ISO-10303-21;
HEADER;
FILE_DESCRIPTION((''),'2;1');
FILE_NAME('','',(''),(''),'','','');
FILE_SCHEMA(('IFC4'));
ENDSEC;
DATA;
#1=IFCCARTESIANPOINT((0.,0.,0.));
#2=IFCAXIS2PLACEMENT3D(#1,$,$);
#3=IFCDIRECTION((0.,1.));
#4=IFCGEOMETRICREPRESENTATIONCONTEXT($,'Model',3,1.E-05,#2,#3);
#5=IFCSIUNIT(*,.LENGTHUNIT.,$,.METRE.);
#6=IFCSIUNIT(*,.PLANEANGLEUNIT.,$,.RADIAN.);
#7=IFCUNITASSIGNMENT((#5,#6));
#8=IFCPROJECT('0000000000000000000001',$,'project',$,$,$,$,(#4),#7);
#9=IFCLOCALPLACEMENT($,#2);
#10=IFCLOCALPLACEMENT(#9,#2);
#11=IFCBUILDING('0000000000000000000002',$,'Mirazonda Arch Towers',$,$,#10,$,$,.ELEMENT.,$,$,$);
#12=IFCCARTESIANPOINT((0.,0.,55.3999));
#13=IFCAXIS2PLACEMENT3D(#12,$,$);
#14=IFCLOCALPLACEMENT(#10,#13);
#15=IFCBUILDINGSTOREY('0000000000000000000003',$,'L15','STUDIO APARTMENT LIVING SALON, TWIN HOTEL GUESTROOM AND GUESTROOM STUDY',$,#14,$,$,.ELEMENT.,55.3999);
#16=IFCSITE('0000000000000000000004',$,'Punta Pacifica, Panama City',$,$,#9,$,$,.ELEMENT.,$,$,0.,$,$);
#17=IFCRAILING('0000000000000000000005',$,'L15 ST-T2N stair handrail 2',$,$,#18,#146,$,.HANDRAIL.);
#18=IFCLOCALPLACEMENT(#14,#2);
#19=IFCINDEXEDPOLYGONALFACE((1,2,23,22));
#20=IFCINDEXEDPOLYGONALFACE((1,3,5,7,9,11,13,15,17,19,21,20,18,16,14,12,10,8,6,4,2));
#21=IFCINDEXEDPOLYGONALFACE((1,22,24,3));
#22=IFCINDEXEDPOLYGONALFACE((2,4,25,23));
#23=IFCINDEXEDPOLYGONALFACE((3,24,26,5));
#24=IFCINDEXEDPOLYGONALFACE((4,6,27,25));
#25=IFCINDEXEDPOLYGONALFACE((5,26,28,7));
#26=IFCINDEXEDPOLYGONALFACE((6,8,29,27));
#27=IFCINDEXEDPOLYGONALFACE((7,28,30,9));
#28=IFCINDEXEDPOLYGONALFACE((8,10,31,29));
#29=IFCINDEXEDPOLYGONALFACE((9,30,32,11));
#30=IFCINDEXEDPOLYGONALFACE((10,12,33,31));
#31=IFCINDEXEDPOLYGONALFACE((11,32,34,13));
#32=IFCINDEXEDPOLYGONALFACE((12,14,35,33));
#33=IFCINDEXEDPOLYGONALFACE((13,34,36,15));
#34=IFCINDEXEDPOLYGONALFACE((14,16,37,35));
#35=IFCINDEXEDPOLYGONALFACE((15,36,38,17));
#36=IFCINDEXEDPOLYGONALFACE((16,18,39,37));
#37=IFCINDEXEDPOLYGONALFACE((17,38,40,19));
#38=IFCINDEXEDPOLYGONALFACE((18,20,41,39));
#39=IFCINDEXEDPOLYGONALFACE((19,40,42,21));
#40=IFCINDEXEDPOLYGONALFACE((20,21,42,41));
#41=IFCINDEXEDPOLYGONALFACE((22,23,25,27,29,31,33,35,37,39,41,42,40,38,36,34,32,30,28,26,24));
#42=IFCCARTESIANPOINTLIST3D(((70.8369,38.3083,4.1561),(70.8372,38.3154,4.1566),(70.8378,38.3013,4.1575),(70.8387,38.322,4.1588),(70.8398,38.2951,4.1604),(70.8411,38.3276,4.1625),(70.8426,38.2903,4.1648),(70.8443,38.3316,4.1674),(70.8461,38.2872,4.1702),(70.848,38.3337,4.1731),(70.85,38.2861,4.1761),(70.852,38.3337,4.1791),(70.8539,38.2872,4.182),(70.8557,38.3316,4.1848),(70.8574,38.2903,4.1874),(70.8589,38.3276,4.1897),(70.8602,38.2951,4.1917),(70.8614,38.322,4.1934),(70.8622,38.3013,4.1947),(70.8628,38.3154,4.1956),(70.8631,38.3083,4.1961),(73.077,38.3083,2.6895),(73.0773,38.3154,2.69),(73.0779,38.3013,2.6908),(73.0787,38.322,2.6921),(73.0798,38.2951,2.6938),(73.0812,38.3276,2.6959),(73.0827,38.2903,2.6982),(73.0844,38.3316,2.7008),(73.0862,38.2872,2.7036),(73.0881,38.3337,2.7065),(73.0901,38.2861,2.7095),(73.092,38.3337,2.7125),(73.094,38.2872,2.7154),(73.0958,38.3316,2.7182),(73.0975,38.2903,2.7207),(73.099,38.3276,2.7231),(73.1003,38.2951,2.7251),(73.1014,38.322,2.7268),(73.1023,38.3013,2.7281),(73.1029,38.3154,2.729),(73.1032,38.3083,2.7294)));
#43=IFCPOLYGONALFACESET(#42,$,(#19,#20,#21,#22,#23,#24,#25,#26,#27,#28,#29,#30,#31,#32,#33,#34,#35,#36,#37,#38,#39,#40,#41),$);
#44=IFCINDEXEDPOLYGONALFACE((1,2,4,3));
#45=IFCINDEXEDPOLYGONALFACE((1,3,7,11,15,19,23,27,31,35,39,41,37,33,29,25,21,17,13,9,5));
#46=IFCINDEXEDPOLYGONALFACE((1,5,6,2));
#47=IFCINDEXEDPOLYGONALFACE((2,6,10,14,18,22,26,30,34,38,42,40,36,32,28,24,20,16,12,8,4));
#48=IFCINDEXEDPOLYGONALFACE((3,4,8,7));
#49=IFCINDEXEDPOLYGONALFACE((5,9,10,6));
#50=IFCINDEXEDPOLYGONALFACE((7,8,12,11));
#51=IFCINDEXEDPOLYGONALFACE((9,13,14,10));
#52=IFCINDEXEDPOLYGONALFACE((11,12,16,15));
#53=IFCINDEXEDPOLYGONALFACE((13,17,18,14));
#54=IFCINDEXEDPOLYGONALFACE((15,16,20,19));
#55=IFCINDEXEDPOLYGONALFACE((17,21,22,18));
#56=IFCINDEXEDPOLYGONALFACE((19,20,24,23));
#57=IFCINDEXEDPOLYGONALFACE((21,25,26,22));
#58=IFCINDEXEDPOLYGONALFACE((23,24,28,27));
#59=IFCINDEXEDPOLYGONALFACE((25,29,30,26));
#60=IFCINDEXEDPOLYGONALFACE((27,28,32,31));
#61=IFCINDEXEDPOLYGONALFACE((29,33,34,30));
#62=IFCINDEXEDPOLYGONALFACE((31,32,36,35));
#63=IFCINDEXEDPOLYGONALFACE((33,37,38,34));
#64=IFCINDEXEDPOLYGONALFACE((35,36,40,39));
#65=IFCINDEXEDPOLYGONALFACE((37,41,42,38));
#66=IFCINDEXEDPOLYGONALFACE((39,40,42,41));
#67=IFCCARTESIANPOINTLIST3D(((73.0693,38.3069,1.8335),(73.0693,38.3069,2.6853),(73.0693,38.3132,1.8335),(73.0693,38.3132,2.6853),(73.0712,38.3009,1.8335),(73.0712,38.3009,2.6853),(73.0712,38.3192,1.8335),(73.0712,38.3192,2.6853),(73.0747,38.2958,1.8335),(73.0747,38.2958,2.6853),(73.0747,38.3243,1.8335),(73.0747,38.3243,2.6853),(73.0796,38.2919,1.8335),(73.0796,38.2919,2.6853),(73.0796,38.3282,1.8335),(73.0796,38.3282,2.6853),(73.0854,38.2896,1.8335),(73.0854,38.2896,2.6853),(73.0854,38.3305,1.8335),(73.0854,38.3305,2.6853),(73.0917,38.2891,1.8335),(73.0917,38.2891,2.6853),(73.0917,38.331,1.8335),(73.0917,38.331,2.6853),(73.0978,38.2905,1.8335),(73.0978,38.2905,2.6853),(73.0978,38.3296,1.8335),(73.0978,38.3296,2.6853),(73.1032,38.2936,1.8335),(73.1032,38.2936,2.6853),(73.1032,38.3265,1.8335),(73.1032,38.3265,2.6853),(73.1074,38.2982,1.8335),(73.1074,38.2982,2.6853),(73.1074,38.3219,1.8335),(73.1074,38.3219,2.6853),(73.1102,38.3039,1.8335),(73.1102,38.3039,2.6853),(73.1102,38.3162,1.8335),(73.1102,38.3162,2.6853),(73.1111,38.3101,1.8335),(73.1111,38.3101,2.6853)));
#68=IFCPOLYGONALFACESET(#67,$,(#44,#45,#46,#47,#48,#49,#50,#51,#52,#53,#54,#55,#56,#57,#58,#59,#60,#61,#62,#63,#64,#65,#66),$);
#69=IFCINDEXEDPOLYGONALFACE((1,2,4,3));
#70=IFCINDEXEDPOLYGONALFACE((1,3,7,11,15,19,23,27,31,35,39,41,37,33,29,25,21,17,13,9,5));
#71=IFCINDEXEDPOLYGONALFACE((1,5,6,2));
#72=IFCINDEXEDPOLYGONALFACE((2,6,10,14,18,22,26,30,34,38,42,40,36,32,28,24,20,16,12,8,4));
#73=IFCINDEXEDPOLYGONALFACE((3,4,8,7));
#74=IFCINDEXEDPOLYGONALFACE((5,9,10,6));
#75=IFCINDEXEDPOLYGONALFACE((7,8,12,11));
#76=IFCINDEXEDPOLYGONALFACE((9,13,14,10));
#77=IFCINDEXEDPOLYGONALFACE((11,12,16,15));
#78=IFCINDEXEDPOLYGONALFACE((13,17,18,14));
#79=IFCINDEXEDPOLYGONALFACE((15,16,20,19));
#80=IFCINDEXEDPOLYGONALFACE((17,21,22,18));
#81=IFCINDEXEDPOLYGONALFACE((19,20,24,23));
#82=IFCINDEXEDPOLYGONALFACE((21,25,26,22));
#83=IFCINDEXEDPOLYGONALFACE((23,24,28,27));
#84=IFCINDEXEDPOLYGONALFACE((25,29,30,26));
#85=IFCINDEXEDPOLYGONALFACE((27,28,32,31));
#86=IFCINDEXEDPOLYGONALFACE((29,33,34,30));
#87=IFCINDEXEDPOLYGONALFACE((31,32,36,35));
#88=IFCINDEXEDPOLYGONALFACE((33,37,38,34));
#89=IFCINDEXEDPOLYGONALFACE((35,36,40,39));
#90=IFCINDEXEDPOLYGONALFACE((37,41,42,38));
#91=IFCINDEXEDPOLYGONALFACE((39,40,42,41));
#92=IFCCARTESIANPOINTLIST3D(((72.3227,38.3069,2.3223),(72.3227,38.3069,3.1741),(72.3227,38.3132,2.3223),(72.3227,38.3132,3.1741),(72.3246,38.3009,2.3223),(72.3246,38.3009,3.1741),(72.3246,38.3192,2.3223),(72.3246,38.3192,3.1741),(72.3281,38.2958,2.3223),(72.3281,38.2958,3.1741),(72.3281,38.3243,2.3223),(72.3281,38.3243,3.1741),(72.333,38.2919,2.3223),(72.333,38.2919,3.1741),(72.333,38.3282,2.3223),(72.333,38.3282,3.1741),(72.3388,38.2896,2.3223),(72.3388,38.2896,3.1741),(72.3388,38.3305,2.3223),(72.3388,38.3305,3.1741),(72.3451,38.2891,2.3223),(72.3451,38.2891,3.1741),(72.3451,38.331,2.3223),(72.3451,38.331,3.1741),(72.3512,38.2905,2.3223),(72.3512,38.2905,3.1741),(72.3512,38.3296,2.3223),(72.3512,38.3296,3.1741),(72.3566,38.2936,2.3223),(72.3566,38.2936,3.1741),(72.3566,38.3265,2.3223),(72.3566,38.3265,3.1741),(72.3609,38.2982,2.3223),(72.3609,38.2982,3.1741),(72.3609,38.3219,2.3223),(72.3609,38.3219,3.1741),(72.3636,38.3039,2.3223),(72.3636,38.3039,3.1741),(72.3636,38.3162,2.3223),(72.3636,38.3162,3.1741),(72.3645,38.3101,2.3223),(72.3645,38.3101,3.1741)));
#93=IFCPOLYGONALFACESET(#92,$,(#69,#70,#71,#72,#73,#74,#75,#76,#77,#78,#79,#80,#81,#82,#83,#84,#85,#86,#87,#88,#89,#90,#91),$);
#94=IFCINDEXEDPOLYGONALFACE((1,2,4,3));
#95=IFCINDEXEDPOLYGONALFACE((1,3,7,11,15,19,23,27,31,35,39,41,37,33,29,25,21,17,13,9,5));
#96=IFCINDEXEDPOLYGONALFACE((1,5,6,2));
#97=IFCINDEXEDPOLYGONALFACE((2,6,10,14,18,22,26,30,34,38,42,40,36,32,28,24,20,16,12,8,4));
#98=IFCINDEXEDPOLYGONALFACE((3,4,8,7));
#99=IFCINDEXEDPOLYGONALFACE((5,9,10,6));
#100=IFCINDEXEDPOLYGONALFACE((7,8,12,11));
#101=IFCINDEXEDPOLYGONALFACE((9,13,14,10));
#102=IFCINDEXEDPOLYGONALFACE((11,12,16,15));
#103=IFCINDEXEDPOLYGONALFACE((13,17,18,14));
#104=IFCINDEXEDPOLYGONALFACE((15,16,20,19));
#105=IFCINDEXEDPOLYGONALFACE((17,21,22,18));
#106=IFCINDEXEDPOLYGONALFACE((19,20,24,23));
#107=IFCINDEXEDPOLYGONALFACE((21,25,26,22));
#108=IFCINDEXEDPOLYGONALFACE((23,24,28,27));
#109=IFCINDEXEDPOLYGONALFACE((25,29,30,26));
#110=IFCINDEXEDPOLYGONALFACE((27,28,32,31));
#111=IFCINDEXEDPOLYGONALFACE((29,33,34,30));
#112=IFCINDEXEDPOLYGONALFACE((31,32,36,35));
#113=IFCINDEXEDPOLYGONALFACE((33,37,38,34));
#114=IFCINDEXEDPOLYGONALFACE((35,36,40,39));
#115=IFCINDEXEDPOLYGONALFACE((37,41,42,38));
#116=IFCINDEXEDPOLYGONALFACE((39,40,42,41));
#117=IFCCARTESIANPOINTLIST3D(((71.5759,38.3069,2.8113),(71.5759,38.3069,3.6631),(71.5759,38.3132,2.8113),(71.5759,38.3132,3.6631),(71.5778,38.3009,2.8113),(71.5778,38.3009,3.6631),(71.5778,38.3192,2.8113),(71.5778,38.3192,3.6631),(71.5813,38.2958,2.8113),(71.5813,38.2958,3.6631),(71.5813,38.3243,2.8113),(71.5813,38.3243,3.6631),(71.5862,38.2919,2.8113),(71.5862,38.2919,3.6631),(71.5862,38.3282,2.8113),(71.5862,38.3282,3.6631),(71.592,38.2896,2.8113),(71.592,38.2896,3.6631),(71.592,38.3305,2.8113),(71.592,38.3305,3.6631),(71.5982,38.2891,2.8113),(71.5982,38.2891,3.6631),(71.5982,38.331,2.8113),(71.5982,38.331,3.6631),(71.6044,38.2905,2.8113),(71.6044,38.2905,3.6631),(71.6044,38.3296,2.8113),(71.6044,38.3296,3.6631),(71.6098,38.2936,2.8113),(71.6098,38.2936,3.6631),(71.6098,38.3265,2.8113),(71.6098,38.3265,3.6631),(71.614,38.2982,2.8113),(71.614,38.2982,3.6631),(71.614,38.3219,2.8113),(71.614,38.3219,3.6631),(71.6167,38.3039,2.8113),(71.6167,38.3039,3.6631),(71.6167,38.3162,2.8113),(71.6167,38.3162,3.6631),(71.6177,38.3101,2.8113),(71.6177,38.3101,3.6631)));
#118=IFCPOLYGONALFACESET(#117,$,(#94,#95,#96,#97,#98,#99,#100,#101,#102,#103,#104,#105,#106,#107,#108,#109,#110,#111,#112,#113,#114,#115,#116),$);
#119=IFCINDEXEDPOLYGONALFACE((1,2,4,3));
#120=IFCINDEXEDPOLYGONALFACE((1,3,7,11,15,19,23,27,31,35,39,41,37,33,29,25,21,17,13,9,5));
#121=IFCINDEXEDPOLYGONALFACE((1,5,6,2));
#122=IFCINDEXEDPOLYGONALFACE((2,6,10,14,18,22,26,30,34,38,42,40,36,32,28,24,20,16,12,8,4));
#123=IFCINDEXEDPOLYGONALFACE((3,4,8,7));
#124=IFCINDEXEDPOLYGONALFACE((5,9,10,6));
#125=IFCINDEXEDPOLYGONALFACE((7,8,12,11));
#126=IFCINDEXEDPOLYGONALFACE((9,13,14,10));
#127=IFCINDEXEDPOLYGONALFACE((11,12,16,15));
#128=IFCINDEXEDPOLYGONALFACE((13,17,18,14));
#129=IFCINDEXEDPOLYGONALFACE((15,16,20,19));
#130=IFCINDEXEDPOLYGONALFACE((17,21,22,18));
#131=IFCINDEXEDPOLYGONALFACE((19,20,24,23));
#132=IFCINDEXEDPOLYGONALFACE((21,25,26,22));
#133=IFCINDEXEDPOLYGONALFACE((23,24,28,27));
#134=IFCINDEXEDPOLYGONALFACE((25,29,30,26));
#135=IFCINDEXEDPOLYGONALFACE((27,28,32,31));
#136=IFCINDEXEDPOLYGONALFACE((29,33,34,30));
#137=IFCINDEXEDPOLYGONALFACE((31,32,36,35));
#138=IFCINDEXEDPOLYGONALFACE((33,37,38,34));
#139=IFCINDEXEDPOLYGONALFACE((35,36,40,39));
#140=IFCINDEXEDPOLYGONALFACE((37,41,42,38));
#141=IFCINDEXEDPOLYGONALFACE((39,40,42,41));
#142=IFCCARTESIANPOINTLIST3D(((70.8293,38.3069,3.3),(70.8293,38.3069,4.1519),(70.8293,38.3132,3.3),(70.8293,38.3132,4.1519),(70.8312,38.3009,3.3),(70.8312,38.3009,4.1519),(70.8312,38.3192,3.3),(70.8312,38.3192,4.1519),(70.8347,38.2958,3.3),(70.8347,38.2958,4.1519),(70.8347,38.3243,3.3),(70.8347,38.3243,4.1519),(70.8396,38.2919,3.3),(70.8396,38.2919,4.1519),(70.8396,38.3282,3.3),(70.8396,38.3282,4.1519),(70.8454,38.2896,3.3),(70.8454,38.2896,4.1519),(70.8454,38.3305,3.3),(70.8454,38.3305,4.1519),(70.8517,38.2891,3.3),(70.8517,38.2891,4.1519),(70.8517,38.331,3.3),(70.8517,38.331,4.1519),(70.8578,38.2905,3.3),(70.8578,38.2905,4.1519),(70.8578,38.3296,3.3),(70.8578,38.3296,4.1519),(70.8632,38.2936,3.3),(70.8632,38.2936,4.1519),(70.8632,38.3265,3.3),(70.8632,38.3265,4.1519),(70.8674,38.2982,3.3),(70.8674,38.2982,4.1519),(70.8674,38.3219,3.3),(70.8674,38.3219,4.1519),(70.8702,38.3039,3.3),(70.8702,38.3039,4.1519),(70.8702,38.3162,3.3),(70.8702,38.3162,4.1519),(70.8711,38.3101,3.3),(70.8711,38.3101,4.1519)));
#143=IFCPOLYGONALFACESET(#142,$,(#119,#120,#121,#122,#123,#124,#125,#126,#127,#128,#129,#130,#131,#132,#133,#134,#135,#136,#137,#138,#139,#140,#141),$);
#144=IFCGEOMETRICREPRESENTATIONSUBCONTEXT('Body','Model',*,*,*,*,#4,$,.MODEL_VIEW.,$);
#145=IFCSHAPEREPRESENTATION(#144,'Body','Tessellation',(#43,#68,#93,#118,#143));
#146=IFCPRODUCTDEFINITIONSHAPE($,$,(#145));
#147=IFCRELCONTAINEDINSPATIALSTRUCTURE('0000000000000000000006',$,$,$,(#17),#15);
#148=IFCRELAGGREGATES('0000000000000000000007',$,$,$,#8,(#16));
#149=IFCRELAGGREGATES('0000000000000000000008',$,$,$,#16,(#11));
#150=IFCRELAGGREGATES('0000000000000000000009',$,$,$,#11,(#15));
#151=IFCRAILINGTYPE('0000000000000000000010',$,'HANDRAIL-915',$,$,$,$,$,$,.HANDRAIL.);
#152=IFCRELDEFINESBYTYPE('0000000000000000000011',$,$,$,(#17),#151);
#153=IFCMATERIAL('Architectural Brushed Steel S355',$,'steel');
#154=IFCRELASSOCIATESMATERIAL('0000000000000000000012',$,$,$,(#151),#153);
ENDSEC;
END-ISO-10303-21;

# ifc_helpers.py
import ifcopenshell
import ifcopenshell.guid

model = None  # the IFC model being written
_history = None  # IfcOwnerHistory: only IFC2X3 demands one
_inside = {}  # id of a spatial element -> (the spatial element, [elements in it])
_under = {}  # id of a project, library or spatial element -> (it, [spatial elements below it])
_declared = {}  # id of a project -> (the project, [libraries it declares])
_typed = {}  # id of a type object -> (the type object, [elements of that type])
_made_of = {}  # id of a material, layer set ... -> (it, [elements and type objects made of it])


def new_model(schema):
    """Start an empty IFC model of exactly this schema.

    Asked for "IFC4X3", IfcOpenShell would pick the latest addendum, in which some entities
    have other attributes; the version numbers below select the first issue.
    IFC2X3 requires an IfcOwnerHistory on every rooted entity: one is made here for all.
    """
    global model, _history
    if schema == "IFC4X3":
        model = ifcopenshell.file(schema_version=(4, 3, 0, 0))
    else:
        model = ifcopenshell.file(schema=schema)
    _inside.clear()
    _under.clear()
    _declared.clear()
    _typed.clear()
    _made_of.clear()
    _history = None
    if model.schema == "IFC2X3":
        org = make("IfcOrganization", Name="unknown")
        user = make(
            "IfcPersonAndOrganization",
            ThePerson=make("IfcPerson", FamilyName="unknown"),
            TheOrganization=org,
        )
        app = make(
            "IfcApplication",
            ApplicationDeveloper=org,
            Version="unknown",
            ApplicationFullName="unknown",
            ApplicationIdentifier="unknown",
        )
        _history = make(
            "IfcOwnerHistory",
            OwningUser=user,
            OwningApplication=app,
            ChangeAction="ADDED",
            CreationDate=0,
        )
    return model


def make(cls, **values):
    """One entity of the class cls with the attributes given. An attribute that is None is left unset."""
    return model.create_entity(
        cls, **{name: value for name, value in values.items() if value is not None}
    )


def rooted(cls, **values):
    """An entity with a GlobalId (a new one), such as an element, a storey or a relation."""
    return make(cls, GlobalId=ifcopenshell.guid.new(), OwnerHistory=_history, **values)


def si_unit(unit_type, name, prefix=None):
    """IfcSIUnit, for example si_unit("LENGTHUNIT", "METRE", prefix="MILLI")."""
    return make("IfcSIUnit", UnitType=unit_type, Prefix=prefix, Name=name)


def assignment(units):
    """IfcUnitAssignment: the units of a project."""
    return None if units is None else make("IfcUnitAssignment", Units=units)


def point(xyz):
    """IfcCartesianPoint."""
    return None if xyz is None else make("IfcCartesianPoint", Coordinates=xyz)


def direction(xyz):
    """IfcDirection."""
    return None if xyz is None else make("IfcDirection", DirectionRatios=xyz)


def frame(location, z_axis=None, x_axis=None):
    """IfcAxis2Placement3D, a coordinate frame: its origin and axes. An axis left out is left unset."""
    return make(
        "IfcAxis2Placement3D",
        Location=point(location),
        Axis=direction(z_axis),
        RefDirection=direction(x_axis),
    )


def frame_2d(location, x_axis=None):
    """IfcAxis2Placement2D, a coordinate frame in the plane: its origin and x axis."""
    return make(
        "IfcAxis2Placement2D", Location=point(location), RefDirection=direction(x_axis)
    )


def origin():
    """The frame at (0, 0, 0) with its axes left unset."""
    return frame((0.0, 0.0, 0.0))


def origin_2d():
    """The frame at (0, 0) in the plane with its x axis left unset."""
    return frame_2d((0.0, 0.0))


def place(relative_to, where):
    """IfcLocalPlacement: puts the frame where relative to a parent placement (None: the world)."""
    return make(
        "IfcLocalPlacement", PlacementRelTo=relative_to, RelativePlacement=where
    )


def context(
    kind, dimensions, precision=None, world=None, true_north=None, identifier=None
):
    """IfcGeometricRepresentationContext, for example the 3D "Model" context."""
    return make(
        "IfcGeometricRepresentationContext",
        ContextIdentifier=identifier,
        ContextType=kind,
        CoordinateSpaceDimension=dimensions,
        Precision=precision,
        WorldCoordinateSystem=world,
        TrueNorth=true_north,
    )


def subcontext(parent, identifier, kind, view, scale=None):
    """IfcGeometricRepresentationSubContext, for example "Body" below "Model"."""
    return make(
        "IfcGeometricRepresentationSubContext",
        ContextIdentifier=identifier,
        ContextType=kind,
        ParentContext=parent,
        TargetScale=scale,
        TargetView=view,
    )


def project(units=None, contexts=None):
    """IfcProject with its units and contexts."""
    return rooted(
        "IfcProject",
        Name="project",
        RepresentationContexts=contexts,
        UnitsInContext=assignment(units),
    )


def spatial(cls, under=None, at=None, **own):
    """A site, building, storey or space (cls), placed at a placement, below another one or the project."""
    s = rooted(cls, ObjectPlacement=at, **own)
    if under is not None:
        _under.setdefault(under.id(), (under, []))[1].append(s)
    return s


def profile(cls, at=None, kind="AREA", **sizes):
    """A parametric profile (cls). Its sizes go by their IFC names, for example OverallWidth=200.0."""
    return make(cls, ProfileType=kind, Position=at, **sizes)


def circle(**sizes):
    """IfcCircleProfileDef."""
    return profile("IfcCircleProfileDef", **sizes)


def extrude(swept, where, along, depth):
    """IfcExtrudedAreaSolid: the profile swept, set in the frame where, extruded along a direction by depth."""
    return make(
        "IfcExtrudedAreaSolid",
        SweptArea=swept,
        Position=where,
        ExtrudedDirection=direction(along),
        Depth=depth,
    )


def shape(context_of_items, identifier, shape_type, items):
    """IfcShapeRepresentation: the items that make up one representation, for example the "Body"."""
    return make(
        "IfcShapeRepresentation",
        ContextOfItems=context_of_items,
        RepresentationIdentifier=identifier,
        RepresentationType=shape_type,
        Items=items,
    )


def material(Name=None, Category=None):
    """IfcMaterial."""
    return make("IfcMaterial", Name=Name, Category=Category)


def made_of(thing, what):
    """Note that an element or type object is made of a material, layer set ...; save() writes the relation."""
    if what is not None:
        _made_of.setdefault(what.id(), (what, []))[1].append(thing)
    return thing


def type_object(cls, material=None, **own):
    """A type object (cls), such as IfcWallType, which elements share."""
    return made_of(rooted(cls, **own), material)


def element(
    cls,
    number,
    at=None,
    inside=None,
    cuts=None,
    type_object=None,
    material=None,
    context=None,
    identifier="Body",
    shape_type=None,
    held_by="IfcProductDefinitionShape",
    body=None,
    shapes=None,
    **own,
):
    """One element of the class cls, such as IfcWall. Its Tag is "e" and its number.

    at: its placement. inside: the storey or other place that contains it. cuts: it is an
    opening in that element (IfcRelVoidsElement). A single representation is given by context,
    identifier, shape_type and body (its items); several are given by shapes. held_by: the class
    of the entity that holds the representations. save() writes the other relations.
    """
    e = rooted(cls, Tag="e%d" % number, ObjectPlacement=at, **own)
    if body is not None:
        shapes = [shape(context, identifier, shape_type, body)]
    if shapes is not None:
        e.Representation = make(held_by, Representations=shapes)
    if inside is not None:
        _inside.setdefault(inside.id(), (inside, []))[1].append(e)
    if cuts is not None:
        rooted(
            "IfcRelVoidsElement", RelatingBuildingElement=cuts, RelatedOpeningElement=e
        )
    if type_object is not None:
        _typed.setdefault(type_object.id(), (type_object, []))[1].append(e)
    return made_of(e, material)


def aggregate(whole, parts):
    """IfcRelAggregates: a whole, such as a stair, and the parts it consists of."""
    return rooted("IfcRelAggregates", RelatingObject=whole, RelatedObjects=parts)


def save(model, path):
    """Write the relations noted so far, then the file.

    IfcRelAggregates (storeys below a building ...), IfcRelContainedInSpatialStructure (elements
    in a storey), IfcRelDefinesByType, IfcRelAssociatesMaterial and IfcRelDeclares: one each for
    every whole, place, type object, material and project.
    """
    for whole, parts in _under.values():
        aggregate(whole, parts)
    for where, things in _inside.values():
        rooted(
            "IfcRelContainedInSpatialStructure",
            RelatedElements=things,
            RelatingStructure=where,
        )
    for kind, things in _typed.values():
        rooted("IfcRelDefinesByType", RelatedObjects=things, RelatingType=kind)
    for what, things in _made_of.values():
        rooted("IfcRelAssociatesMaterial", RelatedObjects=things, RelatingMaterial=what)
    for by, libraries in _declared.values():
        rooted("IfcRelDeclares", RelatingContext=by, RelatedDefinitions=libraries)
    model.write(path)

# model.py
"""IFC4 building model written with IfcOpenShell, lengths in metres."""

from ifc_helpers import new_model, si_unit, direction, frame, origin, origin_2d, place, context, subcontext, project, spatial, circle, extrude, material, type_object, element, save


model = new_model("IFC4")

# Units and contexts
model_context = context("Model", 3, precision=1e-05, world=origin(), true_north=direction((0.0, 1.0)))
body_context = subcontext(model_context, "Body", "Model", "MODEL_VIEW")
ifc_project = project(units=[si_unit("LENGTHUNIT", "METRE"), si_unit("PLANEANGLEUNIT", "RADIAN")], contexts=[model_context])

# Site, building, storey
site_placement = place(None, origin())
site = spatial("IfcSite", under=ifc_project, at=site_placement, Name="Punta Pacifica, Panama City", CompositionType="ELEMENT", RefElevation=0.0)
building_placement = place(site_placement, origin())
building = spatial("IfcBuilding", under=site, at=building_placement, Name="Mirazonda Arch Towers", CompositionType="ELEMENT")
storey_placement = place(building_placement, frame((0.0, 0.0, 55.3999)))
storey = spatial("IfcBuildingStorey", under=building, at=storey_placement, Name="L15", Description="STUDIO APARTMENT LIVING SALON, TWIN HOTEL GUESTROOM AND GUESTROOM STUDY", CompositionType="ELEMENT", Elevation=55.3999)

# Railing
ifc_material_1 = material(Name="Architectural Brushed Steel S355", Category="steel")
railing_type_1 = type_object("IfcRailingType", Name="HANDRAIL-915", PredefinedType="HANDRAIL", material=ifc_material_1)
railing_1_placement = place(storey_placement, frame((73.0901, 38.3101, 1.8335)))
element("IfcRailing", 1, at=railing_1_placement, inside=storey, type_object=railing_type_1, Name="L15 ST-T2N stair handrail 2", PredefinedType="HANDRAIL", context=body_context, shape_type="SweptSolid", body=[
    extrude(circle(Radius=0.0239, at=origin_2d()), frame((0.0, 0.0, 0.876), z_axis=(-0.836637, 0.0, 0.547758), x_axis=(0.0, -1.0, 0.0)), (0.0, 0.0, 1.0), 2.6775),
    extrude(circle(Radius=0.021, at=origin_2d()), origin(), (0.0, 0.0, 1.0), 0.8518),
    extrude(circle(Radius=0.021, at=origin_2d()), frame((-0.7466, 0.0, 0.4888)), (0.0, 0.0, 1.0), 0.8518),
    extrude(circle(Radius=0.021, at=origin_2d()), frame((-1.4934, 0.0, 0.9778)), (0.0, 0.0, 1.0), 0.8518),
    extrude(circle(Radius=0.021, at=origin_2d()), frame((-2.24, 0.0, 1.4666)), (0.0, 0.0, 1.0), 0.8518),
])

save(model, "model.ifc")
